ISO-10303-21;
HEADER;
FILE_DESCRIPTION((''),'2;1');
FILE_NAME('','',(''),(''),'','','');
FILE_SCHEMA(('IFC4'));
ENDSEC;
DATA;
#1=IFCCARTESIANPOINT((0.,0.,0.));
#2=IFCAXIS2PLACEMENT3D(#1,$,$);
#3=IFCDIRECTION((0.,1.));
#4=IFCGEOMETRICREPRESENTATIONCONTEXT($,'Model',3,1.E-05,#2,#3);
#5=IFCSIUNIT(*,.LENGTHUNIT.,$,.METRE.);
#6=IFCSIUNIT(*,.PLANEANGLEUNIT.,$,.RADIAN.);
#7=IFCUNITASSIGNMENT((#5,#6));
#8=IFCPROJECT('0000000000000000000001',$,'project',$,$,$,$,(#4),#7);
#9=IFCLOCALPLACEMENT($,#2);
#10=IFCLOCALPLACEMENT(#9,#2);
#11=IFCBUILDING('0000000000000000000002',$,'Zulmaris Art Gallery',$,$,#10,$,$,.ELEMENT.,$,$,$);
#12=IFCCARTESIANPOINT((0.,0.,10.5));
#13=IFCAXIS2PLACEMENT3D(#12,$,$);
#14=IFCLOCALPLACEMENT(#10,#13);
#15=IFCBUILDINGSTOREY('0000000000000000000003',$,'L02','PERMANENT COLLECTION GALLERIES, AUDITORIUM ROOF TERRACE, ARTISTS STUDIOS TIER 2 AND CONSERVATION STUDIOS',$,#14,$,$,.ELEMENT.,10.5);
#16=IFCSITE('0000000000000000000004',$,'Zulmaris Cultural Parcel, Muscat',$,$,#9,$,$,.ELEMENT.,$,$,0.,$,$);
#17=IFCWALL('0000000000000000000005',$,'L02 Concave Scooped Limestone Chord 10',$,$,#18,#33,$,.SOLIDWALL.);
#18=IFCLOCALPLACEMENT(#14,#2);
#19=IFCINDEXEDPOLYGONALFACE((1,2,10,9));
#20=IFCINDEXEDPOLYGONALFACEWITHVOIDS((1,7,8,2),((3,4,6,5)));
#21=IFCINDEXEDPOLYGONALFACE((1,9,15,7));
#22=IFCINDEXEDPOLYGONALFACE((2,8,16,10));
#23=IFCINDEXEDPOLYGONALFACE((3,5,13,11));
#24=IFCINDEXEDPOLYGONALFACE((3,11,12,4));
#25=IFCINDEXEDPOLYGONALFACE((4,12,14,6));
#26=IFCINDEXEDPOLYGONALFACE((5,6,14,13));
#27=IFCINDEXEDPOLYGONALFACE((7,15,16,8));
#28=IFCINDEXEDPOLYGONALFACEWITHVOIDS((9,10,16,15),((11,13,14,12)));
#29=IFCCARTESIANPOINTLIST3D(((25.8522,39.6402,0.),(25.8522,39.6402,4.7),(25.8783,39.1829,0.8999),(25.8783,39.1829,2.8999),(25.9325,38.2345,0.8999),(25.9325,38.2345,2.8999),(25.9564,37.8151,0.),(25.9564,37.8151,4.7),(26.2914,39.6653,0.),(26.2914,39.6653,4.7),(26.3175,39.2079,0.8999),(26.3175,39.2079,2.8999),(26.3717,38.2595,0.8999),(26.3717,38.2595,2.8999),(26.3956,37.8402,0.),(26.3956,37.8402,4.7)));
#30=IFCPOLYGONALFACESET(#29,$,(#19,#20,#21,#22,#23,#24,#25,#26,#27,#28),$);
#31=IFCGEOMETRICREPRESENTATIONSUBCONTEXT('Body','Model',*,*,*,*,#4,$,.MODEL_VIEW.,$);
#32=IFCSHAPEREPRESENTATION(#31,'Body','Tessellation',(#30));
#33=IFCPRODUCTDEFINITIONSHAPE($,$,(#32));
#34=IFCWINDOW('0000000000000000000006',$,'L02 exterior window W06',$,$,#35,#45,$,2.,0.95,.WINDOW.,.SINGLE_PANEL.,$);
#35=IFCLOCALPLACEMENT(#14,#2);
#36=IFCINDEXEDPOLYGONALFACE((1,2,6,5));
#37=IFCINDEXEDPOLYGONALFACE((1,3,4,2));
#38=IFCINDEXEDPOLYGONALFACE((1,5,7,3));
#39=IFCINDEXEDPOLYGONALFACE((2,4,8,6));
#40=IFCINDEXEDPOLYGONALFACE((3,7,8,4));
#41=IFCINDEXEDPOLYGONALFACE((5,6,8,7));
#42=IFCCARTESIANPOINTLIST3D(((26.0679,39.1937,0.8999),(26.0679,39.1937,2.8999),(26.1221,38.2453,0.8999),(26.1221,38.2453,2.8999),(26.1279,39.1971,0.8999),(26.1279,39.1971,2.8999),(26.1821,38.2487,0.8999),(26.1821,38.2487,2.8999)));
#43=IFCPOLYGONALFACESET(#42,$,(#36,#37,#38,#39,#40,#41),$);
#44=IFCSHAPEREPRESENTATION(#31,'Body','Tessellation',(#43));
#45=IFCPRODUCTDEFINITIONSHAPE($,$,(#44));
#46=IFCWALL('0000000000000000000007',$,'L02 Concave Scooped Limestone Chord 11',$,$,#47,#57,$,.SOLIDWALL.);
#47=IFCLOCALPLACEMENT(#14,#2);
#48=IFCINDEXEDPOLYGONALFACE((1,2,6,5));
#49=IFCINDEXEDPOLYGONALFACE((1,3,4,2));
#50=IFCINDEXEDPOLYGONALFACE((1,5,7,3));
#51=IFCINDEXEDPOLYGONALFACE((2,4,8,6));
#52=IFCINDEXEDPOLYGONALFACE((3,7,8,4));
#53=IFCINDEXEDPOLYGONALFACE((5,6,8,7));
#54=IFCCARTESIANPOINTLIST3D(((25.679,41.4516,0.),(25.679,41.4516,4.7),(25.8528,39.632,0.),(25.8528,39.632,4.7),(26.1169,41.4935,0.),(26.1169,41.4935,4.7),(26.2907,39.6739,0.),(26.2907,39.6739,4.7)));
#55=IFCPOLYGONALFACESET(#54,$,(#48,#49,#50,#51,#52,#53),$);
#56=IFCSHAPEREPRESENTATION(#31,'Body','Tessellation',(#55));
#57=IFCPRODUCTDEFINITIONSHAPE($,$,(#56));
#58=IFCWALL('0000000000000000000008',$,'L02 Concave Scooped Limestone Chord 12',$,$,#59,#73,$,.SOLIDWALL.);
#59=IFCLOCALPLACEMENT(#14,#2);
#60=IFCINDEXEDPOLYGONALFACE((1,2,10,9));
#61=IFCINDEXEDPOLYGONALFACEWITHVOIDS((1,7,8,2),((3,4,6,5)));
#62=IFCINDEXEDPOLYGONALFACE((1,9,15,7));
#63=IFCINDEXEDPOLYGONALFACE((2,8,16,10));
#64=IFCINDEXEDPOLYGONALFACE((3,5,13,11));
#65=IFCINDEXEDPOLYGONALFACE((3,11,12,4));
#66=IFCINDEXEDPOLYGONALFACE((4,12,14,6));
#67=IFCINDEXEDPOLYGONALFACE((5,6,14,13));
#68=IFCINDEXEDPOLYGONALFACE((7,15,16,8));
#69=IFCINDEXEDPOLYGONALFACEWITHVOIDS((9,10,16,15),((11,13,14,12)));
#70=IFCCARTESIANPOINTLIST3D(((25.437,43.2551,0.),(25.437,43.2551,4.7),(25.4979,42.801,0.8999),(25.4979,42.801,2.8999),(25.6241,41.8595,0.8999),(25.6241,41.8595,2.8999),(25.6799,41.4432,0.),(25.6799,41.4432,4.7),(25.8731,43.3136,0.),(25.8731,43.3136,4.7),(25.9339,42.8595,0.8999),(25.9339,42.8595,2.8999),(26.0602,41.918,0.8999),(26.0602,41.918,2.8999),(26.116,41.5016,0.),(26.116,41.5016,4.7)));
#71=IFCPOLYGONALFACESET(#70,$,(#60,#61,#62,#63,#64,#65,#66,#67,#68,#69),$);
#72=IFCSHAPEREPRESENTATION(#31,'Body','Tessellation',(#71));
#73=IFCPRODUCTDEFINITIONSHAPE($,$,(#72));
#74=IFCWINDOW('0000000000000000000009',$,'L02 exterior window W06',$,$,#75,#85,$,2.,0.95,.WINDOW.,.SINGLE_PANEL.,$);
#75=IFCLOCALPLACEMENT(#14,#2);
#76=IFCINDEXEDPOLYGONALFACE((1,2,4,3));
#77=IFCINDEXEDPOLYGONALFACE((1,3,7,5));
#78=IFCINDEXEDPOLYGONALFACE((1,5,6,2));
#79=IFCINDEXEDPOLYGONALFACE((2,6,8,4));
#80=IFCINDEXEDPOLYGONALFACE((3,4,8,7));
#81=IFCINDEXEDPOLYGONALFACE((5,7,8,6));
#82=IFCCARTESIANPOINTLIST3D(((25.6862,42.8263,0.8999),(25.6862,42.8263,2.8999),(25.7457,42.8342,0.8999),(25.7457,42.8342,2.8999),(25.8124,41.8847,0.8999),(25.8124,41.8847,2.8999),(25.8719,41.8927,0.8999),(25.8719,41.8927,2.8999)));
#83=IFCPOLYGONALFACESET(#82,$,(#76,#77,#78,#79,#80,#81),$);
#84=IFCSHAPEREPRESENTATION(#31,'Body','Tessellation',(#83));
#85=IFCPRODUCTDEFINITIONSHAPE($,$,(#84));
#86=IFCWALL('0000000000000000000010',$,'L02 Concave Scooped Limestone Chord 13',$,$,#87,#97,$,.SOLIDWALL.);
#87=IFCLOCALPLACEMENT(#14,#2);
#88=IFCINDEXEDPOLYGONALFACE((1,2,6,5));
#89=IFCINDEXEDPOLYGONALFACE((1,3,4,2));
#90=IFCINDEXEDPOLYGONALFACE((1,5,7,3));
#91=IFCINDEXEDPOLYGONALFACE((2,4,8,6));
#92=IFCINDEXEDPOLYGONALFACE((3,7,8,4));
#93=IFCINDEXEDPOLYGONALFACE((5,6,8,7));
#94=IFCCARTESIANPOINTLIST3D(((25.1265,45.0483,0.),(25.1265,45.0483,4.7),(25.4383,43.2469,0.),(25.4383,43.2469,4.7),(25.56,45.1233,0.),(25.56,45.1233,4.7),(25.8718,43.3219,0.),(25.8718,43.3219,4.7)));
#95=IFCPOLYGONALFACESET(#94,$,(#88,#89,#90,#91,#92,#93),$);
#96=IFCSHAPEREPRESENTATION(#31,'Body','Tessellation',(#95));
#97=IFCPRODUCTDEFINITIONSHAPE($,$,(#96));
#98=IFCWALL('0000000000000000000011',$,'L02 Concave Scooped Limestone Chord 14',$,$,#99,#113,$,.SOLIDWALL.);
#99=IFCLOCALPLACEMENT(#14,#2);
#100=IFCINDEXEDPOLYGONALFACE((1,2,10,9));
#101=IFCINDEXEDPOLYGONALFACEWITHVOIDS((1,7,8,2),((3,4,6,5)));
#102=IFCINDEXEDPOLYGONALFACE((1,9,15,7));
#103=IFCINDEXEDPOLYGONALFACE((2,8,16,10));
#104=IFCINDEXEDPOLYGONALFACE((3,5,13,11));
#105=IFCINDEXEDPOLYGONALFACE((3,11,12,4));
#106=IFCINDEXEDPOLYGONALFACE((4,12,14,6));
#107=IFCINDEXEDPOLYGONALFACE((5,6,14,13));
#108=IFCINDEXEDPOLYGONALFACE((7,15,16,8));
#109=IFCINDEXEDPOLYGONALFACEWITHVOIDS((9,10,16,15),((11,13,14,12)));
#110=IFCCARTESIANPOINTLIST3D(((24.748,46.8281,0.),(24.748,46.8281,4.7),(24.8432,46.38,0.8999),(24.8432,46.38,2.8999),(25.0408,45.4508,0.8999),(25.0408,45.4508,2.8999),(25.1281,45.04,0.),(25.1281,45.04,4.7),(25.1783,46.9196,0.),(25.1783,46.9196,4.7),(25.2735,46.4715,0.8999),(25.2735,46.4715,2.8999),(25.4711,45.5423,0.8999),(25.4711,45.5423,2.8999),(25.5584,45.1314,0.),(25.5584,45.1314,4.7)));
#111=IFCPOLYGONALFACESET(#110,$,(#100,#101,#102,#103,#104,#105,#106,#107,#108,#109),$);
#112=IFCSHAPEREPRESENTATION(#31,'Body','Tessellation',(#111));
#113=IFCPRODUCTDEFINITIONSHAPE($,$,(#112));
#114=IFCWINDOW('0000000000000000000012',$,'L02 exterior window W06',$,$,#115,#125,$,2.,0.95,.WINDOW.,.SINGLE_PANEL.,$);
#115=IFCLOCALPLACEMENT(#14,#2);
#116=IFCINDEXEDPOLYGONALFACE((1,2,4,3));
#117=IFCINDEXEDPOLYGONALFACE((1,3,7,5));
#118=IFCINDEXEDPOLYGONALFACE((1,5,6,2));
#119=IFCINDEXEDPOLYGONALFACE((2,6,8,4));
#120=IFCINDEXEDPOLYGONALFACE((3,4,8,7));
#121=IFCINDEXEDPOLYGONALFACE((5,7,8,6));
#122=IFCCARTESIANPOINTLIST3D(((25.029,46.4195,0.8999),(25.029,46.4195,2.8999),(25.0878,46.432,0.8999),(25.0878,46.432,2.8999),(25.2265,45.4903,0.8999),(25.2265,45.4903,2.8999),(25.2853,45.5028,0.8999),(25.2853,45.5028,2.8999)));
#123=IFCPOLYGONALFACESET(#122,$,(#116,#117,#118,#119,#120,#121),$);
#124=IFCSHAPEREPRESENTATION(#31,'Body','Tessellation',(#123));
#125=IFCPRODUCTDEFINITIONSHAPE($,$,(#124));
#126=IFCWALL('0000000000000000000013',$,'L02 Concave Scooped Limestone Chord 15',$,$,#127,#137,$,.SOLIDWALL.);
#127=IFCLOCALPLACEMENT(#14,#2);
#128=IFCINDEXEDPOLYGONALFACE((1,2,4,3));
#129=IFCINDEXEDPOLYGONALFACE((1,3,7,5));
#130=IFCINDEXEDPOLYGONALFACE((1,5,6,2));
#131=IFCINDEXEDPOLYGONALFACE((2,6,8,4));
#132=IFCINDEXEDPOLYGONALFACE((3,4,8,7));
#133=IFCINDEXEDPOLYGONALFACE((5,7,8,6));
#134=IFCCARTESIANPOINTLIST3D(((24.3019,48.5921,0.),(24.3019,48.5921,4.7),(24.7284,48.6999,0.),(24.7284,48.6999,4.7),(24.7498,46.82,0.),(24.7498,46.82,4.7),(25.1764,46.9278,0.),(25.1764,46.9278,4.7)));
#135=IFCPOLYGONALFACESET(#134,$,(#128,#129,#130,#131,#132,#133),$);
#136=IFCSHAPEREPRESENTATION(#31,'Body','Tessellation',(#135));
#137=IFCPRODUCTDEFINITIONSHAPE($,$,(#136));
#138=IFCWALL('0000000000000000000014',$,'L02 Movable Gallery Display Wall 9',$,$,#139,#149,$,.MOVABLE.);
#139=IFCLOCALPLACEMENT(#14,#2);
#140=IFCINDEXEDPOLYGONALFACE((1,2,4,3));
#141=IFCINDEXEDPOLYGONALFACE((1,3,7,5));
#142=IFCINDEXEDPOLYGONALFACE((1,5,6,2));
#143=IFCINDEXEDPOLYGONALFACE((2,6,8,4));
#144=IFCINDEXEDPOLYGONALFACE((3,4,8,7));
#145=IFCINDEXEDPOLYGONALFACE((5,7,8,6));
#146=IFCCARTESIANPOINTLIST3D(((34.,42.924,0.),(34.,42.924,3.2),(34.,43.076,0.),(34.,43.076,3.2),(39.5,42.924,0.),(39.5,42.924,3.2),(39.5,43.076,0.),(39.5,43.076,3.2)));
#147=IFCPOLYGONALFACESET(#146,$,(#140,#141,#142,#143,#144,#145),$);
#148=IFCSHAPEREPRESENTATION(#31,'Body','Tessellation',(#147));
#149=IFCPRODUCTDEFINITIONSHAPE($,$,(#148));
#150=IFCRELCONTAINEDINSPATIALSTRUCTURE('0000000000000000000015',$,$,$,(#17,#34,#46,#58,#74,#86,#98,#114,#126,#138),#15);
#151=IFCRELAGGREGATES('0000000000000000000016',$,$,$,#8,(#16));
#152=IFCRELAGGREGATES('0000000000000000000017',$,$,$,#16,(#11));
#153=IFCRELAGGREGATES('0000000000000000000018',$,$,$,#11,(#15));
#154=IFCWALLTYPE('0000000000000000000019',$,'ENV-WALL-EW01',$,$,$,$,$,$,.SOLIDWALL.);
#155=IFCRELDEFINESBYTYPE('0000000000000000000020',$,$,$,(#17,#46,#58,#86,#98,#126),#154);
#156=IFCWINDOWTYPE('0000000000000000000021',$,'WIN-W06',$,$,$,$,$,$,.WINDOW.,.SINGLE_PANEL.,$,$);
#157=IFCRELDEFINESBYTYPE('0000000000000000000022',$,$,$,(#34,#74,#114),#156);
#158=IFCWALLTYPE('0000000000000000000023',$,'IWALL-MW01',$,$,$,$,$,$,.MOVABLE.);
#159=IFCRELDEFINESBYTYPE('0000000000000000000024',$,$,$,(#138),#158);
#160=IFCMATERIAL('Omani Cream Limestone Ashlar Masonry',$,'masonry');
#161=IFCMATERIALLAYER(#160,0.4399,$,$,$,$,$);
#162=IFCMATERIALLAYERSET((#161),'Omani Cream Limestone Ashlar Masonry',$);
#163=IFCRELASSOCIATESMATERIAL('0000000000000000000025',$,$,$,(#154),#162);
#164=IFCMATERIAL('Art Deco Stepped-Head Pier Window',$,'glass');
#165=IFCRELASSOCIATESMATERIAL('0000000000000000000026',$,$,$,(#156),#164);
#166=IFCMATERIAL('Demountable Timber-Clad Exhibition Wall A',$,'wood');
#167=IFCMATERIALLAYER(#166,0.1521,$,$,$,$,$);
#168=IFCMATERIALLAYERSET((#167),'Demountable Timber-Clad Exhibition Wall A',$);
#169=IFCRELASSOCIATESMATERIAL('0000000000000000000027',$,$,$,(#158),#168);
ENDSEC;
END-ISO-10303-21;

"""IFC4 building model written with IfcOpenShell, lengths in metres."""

from ifc_helpers import new_model, si_unit, direction, frame, frame_2d, origin, place, context, subcontext, project, spatial, rectangle, extrude, material, layer, layer_set, type_object, element, fill, save


model = new_model("IFC4")

# Units and contexts
model_context = context("Model", 3, precision=1e-05, world=origin(), true_north=direction((0.0, 1.0)))
body_context = subcontext(model_context, "Body", "Model", "MODEL_VIEW")
ifc_project = project(units=[si_unit("LENGTHUNIT", "METRE"), si_unit("PLANEANGLEUNIT", "RADIAN")], contexts=[model_context])

# Site, building, storey
site_placement = place(None, origin())
site = spatial("IfcSite", under=ifc_project, at=site_placement, Name="Zulmaris Cultural Parcel, Muscat", CompositionType="ELEMENT", RefElevation=0.0)
building_placement = place(site_placement, origin())
building = spatial("IfcBuilding", under=site, at=building_placement, Name="Zulmaris Art Gallery", CompositionType="ELEMENT")
storey_placement = place(building_placement, frame((0.0, 0.0, 10.5)))
storey = spatial("IfcBuildingStorey", under=building, at=storey_placement, Name="L02", Description="PERMANENT COLLECTION GALLERIES, AUDITORIUM ROOF TERRACE, ARTISTS STUDIOS TIER 2 AND CONSERVATION STUDIOS", CompositionType="ELEMENT", Elevation=10.5)

# Shared definitions
ifc_material_1 = material(Name="Omani Cream Limestone Ashlar Masonry", Category="masonry")
ifc_layer_1 = layer(ifc_material_1, 0.4399)
ifc_layer_set_1 = layer_set([ifc_layer_1], Name="Omani Cream Limestone Ashlar Masonry")
wall_type_1 = type_object("IfcWallType", Name="ENV-WALL-EW01", PredefinedType="SOLIDWALL", material=ifc_layer_set_1)

# Shared definitions
ifc_material_2 = material(Name="Art Deco Stepped-Head Pier Window", Category="glass")
window_type = type_object("IfcWindowType", Name="WIN-W06", PartitioningType="SINGLE_PANEL", PredefinedType="WINDOW", material=ifc_material_2)

# Wall, opening, window
wall_1_placement = place(storey_placement, frame((26.176, 37.8276, 0.0), z_axis=(0.0, 0.0, 1.0), x_axis=(-0.057023, 0.998373, 0.0)))
wall_1 = element("IfcWall", 1, at=wall_1_placement, inside=storey, type_object=wall_type_1, Name="L02 Concave Scooped Limestone Chord 10", PredefinedType="SOLIDWALL", context=body_context, shape_type="SweptSolid", body=[
    extrude(rectangle(XDim=1.8281, YDim=0.4399, at=frame_2d((0.9141, 0.0))), origin(), (0.0, 0.0, 1.0), 4.7),
])
opening_1_placement = place(wall_1_placement, frame((0.4199, 0.0, 0.8999)))
opening_1 = element("IfcOpeningElement", 2, at=opening_1_placement, cuts=wall_1, PredefinedType="OPENING", context=body_context, shape_type="SweptSolid", body=[
    extrude(rectangle(XDim=0.95, YDim=2.0, at=frame_2d((0.4751, 1.0))), frame((0.0, 0.23, 0.0), z_axis=(0.0, -1.0, 0.0), x_axis=(1.0, 0.0, 0.0)), (0.0, 0.0, 1.0), 0.46),
])
window_1_placement = place(opening_1_placement, origin())
window_1 = element("IfcWindow", 3, at=window_1_placement, inside=storey, type_object=window_type, Name="L02 exterior window W06", OverallHeight=2.0, OverallWidth=0.95, PartitioningType="SINGLE_PANEL", PredefinedType="WINDOW", context=body_context, shape_type="SweptSolid", body=[
    extrude(rectangle(XDim=0.95, YDim=2.0, at=frame_2d((0.4751, 1.0))), frame((0.0, 0.03, 0.0), z_axis=(0.0, -1.0, 0.0), x_axis=(1.0, 0.0, 0.0)), (0.0, 0.0, 1.0), 0.0601),
])
fill(opening_1, window_1)

# Wall
wall_2_placement = place(storey_placement, frame((26.0718, 39.6528, 0.0), z_axis=(0.0, 0.0, 1.0), x_axis=(-0.095099, 0.995468, 0.0)))
element("IfcWall", 4, at=wall_2_placement, inside=storey, type_object=wall_type_1, Name="L02 Concave Scooped Limestone Chord 11", PredefinedType="SOLIDWALL", context=body_context, shape_type="SweptSolid", body=[
    extrude(rectangle(XDim=1.8279, YDim=0.4399, at=frame_2d((0.9141, 0.0))), origin(), (0.0, 0.0, 1.0), 4.7),
])

# Wall, opening, window
wall_3_placement = place(storey_placement, frame((25.8979, 41.4724, 0.0), z_axis=(0.0, 0.0, 1.0), x_axis=(-0.132872, 0.991133, 0.0)))
wall_3 = element("IfcWall", 5, at=wall_3_placement, inside=storey, type_object=wall_type_1, Name="L02 Concave Scooped Limestone Chord 12", PredefinedType="SOLIDWALL", context=body_context, shape_type="SweptSolid", body=[
    extrude(rectangle(XDim=1.8281, YDim=0.4399, at=frame_2d((0.9141, 0.0))), origin(), (0.0, 0.0, 1.0), 4.7),
])
opening_2_placement = place(wall_3_placement, frame((0.4199, 0.0, 0.8999)))
opening_2 = element("IfcOpeningElement", 6, at=opening_2_placement, cuts=wall_3, PredefinedType="OPENING", context=body_context, shape_type="SweptSolid", body=[
    extrude(rectangle(XDim=0.95, YDim=2.0, at=frame_2d((0.4751, 1.0))), frame((0.0, 0.23, 0.0), z_axis=(0.0, -1.0, 0.0), x_axis=(1.0, 0.0, 0.0)), (0.0, 0.0, 1.0), 0.46),
])
window_2_placement = place(opening_2_placement, origin())
window_2 = element("IfcWindow", 7, at=window_2_placement, inside=storey, type_object=window_type, Name="L02 exterior window W06", OverallHeight=2.0, OverallWidth=0.95, PartitioningType="SINGLE_PANEL", PredefinedType="WINDOW", context=body_context, shape_type="SweptSolid", body=[
    extrude(rectangle(XDim=0.95, YDim=2.0, at=frame_2d((0.4751, 1.0))), frame((0.0, 0.03, 0.0), z_axis=(0.0, -1.0, 0.0), x_axis=(1.0, 0.0, 0.0)), (0.0, 0.0, 1.0), 0.0601),
])
fill(opening_2, window_2)

# Wall
wall_4_placement = place(storey_placement, frame((25.655, 43.2844, 0.0), z_axis=(0.0, 0.0, 1.0), x_axis=(-0.170546, 0.98535, 0.0)))
element("IfcWall", 8, at=wall_4_placement, inside=storey, type_object=wall_type_1, Name="L02 Concave Scooped Limestone Chord 13", PredefinedType="SOLIDWALL", context=body_context, shape_type="SweptSolid", body=[
    extrude(rectangle(XDim=1.8281, YDim=0.4399, at=frame_2d((0.9141, 0.0))), origin(), (0.0, 0.0, 1.0), 4.7),
])

# Wall, opening, window
wall_5_placement = place(storey_placement, frame((25.3433, 45.0857, 0.0), z_axis=(0.0, 0.0, 1.0), x_axis=(-0.207942, 0.978141, 0.0)))
wall_5 = element("IfcWall", 9, at=wall_5_placement, inside=storey, type_object=wall_type_1, Name="L02 Concave Scooped Limestone Chord 14", PredefinedType="SOLIDWALL", context=body_context, shape_type="SweptSolid", body=[
    extrude(rectangle(XDim=1.8281, YDim=0.4399, at=frame_2d((0.9141, 0.0))), origin(), (0.0, 0.0, 1.0), 4.7),
])
opening_3_placement = place(wall_5_placement, frame((0.4199, 0.0, 0.8999)))
opening_3 = element("IfcOpeningElement", 10, at=opening_3_placement, cuts=wall_5, PredefinedType="OPENING", context=body_context, shape_type="SweptSolid", body=[
    extrude(rectangle(XDim=0.95, YDim=2.0, at=frame_2d((0.4751, 1.0))), frame((0.0, 0.23, 0.0), z_axis=(0.0, -1.0, 0.0), x_axis=(1.0, 0.0, 0.0)), (0.0, 0.0, 1.0), 0.46),
])
window_3_placement = place(opening_3_placement, origin())
window_3 = element("IfcWindow", 11, at=window_3_placement, inside=storey, type_object=window_type, Name="L02 exterior window W06", OverallHeight=2.0, OverallWidth=0.95, PartitioningType="SINGLE_PANEL", PredefinedType="WINDOW", context=body_context, shape_type="SweptSolid", body=[
    extrude(rectangle(XDim=0.95, YDim=2.0, at=frame_2d((0.4751, 1.0))), frame((0.0, 0.03, 0.0), z_axis=(0.0, -1.0, 0.0), x_axis=(1.0, 0.0, 0.0)), (0.0, 0.0, 1.0), 0.0601),
])
fill(opening_3, window_3)

# Walls
wall_6_placement = place(storey_placement, frame((24.9631, 46.8738, 0.0), z_axis=(0.0, 0.0, 1.0), x_axis=(-0.24508, 0.969503, 0.0)))
element("IfcWall", 12, at=wall_6_placement, inside=storey, type_object=wall_type_1, Name="L02 Concave Scooped Limestone Chord 15", PredefinedType="SOLIDWALL", context=body_context, shape_type="SweptSolid", body=[
    extrude(rectangle(XDim=1.8279, YDim=0.4399, at=frame_2d((0.9141, 0.0))), origin(), (0.0, 0.0, 1.0), 4.7),
])
ifc_material_3 = material(Name="Demountable Timber-Clad Exhibition Wall A", Category="wood")
ifc_layer_2 = layer(ifc_material_3, 0.1521)
ifc_layer_set_2 = layer_set([ifc_layer_2], Name="Demountable Timber-Clad Exhibition Wall A")
wall_type_2 = type_object("IfcWallType", Name="IWALL-MW01", PredefinedType="MOVABLE", material=ifc_layer_set_2)
wall_7_placement = place(storey_placement, frame((34.0, 43.0, 0.0), z_axis=(0.0, 0.0, 1.0), x_axis=(1.0, 0.0, 0.0)))
element("IfcWall", 13, at=wall_7_placement, inside=storey, type_object=wall_type_2, Name="L02 Movable Gallery Display Wall 9", PredefinedType="MOVABLE", context=body_context, shape_type="SweptSolid", body=[
    extrude(rectangle(XDim=5.5, YDim=0.1521, at=frame_2d((2.75, 0.0))), origin(), (0.0, 0.0, 1.0), 3.2),
])

save(model, "model.ifc")
